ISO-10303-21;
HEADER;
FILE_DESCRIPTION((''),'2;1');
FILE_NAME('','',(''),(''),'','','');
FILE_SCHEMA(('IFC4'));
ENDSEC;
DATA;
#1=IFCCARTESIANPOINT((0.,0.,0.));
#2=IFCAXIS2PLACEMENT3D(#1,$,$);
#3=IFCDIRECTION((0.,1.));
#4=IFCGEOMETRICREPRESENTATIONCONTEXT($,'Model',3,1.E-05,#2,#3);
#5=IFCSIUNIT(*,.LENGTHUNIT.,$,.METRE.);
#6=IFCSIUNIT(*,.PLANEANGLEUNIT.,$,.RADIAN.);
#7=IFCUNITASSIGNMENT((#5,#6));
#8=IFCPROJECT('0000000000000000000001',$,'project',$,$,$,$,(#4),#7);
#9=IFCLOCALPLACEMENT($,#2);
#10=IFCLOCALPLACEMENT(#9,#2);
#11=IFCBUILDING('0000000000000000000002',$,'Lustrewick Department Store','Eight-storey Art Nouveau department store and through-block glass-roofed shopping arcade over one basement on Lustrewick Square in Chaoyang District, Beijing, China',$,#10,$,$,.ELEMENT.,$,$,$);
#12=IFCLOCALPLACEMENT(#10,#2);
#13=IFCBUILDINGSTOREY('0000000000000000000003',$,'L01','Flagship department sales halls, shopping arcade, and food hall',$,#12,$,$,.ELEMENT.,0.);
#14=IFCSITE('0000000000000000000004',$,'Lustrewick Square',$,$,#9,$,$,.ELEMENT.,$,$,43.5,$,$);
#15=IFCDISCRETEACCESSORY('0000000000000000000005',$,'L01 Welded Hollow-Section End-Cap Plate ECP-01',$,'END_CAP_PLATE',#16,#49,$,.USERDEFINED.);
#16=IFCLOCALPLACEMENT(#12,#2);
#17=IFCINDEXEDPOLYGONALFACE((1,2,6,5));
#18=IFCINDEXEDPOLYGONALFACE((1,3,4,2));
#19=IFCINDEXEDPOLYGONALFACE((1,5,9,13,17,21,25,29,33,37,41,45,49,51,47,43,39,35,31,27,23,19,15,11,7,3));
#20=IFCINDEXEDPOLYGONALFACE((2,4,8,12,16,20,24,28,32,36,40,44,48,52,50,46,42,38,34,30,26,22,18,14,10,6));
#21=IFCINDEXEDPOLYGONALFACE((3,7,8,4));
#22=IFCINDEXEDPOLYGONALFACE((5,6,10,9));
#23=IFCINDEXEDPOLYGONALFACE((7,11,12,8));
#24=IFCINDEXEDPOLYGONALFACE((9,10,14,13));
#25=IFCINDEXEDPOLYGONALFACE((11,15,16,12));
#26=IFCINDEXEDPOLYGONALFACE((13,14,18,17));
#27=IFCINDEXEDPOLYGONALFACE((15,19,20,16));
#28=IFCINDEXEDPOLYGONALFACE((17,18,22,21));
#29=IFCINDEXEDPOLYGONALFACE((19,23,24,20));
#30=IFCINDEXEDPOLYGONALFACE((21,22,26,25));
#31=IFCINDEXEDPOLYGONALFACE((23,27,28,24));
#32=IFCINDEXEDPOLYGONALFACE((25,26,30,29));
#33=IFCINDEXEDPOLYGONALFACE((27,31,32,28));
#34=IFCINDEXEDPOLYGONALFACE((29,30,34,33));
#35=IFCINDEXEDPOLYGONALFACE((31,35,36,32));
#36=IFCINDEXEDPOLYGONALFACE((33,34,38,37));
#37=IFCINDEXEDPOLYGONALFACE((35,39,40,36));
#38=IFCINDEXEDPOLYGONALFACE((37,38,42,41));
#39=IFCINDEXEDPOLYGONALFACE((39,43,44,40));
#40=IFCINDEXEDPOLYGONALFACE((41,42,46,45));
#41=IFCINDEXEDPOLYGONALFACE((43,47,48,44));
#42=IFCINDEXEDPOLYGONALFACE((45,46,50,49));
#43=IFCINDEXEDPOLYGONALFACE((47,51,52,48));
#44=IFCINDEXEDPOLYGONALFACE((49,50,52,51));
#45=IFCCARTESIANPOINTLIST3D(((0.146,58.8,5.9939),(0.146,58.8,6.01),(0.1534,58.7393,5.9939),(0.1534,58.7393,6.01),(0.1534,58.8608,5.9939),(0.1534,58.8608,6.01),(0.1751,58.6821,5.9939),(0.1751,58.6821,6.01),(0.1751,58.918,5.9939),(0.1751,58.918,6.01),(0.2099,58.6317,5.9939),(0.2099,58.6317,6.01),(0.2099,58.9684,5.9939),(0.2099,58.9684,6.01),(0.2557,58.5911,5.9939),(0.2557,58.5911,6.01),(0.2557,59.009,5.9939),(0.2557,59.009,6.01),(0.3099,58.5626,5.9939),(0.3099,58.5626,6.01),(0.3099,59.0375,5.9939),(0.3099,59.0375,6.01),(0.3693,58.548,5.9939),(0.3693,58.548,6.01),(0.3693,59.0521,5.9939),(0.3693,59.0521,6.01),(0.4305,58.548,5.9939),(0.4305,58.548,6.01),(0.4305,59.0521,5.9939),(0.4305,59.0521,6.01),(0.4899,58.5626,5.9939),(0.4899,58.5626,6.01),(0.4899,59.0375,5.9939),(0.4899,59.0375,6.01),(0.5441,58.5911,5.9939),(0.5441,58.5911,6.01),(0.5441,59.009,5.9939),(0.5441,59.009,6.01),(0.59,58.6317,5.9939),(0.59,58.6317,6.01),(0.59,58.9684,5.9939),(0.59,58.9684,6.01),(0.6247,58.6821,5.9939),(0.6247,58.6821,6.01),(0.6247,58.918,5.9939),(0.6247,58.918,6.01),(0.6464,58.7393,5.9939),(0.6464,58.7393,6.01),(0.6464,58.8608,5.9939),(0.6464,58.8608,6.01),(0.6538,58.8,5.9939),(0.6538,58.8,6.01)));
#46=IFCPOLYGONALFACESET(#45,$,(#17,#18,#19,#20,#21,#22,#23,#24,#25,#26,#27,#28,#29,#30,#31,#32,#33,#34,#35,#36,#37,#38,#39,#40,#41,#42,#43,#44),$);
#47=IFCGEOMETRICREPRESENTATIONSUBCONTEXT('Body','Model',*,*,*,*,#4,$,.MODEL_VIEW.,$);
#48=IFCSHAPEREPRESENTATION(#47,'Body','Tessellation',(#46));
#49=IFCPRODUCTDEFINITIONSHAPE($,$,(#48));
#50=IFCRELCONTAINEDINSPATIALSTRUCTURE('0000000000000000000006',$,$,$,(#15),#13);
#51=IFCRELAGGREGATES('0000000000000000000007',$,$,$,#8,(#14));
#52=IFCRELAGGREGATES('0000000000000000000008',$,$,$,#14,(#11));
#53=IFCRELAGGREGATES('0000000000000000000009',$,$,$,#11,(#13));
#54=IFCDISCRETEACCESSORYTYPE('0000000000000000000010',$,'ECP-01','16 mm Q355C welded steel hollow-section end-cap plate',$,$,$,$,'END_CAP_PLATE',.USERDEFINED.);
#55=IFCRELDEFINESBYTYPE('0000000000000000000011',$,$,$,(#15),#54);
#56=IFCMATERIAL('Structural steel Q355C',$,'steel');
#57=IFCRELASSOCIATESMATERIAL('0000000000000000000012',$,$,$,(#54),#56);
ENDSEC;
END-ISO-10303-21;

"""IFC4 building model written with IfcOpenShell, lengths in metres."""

from ifc_helpers import new_model, si_unit, direction, frame, origin, origin_2d, place, context, subcontext, project, spatial, circle, extrude, material, type_object, element, save


model = new_model("IFC4")

# Units and contexts
model_context = context("Model", 3, precision=1e-05, world=origin(), true_north=direction((0.0, 1.0)))
body_context = subcontext(model_context, "Body", "Model", "MODEL_VIEW")
ifc_project = project(units=[si_unit("LENGTHUNIT", "METRE"), si_unit("PLANEANGLEUNIT", "RADIAN")], contexts=[model_context])

# Site, building, storey
site_placement = place(None, origin())
site = spatial("IfcSite", under=ifc_project, at=site_placement, Name="Lustrewick Square", CompositionType="ELEMENT", RefElevation=43.5)
building_placement = place(site_placement, origin())
building = spatial("IfcBuilding", under=site, at=building_placement, Name="Lustrewick Department Store", Description="Eight-storey Art Nouveau department store and through-block glass-roofed shopping arcade over one basement on Lustrewick Square in Chaoyang District, Beijing, China", CompositionType="ELEMENT")
storey_placement = place(building_placement, origin())
storey = spatial("IfcBuildingStorey", under=building, at=storey_placement, Name="L01", Description="Flagship department sales halls, shopping arcade, and food hall", CompositionType="ELEMENT", Elevation=0.0)

# Shared definitions
ifc_material_1 = material(Name="Structural steel Q355C", Category="steel")

# Discrete accessory
discrete_accessory_type = type_object("IfcDiscreteAccessoryType", Name="ECP-01", Description="16 mm Q355C welded steel hollow-section end-cap plate", ElementType="END_CAP_PLATE", PredefinedType="USERDEFINED", material=ifc_material_1)
discrete_accessory_placement = place(storey_placement, frame((0.3999, 58.8, 5.9939), z_axis=(0.0, 0.0, 1.0), x_axis=(1.0, 0.0, 0.0)))
element("IfcDiscreteAccessory", 1, at=discrete_accessory_placement, inside=storey, type_object=discrete_accessory_type, Name="L01 Welded Hollow-Section End-Cap Plate ECP-01", ObjectType="END_CAP_PLATE", PredefinedType="USERDEFINED", context=body_context, shape_type="SweptSolid", body=[
    extrude(circle(Radius=0.2539, at=origin_2d()), origin(), (0.0, 0.0, 1.0), 0.0161),
])

save(model, "model.ifc")
